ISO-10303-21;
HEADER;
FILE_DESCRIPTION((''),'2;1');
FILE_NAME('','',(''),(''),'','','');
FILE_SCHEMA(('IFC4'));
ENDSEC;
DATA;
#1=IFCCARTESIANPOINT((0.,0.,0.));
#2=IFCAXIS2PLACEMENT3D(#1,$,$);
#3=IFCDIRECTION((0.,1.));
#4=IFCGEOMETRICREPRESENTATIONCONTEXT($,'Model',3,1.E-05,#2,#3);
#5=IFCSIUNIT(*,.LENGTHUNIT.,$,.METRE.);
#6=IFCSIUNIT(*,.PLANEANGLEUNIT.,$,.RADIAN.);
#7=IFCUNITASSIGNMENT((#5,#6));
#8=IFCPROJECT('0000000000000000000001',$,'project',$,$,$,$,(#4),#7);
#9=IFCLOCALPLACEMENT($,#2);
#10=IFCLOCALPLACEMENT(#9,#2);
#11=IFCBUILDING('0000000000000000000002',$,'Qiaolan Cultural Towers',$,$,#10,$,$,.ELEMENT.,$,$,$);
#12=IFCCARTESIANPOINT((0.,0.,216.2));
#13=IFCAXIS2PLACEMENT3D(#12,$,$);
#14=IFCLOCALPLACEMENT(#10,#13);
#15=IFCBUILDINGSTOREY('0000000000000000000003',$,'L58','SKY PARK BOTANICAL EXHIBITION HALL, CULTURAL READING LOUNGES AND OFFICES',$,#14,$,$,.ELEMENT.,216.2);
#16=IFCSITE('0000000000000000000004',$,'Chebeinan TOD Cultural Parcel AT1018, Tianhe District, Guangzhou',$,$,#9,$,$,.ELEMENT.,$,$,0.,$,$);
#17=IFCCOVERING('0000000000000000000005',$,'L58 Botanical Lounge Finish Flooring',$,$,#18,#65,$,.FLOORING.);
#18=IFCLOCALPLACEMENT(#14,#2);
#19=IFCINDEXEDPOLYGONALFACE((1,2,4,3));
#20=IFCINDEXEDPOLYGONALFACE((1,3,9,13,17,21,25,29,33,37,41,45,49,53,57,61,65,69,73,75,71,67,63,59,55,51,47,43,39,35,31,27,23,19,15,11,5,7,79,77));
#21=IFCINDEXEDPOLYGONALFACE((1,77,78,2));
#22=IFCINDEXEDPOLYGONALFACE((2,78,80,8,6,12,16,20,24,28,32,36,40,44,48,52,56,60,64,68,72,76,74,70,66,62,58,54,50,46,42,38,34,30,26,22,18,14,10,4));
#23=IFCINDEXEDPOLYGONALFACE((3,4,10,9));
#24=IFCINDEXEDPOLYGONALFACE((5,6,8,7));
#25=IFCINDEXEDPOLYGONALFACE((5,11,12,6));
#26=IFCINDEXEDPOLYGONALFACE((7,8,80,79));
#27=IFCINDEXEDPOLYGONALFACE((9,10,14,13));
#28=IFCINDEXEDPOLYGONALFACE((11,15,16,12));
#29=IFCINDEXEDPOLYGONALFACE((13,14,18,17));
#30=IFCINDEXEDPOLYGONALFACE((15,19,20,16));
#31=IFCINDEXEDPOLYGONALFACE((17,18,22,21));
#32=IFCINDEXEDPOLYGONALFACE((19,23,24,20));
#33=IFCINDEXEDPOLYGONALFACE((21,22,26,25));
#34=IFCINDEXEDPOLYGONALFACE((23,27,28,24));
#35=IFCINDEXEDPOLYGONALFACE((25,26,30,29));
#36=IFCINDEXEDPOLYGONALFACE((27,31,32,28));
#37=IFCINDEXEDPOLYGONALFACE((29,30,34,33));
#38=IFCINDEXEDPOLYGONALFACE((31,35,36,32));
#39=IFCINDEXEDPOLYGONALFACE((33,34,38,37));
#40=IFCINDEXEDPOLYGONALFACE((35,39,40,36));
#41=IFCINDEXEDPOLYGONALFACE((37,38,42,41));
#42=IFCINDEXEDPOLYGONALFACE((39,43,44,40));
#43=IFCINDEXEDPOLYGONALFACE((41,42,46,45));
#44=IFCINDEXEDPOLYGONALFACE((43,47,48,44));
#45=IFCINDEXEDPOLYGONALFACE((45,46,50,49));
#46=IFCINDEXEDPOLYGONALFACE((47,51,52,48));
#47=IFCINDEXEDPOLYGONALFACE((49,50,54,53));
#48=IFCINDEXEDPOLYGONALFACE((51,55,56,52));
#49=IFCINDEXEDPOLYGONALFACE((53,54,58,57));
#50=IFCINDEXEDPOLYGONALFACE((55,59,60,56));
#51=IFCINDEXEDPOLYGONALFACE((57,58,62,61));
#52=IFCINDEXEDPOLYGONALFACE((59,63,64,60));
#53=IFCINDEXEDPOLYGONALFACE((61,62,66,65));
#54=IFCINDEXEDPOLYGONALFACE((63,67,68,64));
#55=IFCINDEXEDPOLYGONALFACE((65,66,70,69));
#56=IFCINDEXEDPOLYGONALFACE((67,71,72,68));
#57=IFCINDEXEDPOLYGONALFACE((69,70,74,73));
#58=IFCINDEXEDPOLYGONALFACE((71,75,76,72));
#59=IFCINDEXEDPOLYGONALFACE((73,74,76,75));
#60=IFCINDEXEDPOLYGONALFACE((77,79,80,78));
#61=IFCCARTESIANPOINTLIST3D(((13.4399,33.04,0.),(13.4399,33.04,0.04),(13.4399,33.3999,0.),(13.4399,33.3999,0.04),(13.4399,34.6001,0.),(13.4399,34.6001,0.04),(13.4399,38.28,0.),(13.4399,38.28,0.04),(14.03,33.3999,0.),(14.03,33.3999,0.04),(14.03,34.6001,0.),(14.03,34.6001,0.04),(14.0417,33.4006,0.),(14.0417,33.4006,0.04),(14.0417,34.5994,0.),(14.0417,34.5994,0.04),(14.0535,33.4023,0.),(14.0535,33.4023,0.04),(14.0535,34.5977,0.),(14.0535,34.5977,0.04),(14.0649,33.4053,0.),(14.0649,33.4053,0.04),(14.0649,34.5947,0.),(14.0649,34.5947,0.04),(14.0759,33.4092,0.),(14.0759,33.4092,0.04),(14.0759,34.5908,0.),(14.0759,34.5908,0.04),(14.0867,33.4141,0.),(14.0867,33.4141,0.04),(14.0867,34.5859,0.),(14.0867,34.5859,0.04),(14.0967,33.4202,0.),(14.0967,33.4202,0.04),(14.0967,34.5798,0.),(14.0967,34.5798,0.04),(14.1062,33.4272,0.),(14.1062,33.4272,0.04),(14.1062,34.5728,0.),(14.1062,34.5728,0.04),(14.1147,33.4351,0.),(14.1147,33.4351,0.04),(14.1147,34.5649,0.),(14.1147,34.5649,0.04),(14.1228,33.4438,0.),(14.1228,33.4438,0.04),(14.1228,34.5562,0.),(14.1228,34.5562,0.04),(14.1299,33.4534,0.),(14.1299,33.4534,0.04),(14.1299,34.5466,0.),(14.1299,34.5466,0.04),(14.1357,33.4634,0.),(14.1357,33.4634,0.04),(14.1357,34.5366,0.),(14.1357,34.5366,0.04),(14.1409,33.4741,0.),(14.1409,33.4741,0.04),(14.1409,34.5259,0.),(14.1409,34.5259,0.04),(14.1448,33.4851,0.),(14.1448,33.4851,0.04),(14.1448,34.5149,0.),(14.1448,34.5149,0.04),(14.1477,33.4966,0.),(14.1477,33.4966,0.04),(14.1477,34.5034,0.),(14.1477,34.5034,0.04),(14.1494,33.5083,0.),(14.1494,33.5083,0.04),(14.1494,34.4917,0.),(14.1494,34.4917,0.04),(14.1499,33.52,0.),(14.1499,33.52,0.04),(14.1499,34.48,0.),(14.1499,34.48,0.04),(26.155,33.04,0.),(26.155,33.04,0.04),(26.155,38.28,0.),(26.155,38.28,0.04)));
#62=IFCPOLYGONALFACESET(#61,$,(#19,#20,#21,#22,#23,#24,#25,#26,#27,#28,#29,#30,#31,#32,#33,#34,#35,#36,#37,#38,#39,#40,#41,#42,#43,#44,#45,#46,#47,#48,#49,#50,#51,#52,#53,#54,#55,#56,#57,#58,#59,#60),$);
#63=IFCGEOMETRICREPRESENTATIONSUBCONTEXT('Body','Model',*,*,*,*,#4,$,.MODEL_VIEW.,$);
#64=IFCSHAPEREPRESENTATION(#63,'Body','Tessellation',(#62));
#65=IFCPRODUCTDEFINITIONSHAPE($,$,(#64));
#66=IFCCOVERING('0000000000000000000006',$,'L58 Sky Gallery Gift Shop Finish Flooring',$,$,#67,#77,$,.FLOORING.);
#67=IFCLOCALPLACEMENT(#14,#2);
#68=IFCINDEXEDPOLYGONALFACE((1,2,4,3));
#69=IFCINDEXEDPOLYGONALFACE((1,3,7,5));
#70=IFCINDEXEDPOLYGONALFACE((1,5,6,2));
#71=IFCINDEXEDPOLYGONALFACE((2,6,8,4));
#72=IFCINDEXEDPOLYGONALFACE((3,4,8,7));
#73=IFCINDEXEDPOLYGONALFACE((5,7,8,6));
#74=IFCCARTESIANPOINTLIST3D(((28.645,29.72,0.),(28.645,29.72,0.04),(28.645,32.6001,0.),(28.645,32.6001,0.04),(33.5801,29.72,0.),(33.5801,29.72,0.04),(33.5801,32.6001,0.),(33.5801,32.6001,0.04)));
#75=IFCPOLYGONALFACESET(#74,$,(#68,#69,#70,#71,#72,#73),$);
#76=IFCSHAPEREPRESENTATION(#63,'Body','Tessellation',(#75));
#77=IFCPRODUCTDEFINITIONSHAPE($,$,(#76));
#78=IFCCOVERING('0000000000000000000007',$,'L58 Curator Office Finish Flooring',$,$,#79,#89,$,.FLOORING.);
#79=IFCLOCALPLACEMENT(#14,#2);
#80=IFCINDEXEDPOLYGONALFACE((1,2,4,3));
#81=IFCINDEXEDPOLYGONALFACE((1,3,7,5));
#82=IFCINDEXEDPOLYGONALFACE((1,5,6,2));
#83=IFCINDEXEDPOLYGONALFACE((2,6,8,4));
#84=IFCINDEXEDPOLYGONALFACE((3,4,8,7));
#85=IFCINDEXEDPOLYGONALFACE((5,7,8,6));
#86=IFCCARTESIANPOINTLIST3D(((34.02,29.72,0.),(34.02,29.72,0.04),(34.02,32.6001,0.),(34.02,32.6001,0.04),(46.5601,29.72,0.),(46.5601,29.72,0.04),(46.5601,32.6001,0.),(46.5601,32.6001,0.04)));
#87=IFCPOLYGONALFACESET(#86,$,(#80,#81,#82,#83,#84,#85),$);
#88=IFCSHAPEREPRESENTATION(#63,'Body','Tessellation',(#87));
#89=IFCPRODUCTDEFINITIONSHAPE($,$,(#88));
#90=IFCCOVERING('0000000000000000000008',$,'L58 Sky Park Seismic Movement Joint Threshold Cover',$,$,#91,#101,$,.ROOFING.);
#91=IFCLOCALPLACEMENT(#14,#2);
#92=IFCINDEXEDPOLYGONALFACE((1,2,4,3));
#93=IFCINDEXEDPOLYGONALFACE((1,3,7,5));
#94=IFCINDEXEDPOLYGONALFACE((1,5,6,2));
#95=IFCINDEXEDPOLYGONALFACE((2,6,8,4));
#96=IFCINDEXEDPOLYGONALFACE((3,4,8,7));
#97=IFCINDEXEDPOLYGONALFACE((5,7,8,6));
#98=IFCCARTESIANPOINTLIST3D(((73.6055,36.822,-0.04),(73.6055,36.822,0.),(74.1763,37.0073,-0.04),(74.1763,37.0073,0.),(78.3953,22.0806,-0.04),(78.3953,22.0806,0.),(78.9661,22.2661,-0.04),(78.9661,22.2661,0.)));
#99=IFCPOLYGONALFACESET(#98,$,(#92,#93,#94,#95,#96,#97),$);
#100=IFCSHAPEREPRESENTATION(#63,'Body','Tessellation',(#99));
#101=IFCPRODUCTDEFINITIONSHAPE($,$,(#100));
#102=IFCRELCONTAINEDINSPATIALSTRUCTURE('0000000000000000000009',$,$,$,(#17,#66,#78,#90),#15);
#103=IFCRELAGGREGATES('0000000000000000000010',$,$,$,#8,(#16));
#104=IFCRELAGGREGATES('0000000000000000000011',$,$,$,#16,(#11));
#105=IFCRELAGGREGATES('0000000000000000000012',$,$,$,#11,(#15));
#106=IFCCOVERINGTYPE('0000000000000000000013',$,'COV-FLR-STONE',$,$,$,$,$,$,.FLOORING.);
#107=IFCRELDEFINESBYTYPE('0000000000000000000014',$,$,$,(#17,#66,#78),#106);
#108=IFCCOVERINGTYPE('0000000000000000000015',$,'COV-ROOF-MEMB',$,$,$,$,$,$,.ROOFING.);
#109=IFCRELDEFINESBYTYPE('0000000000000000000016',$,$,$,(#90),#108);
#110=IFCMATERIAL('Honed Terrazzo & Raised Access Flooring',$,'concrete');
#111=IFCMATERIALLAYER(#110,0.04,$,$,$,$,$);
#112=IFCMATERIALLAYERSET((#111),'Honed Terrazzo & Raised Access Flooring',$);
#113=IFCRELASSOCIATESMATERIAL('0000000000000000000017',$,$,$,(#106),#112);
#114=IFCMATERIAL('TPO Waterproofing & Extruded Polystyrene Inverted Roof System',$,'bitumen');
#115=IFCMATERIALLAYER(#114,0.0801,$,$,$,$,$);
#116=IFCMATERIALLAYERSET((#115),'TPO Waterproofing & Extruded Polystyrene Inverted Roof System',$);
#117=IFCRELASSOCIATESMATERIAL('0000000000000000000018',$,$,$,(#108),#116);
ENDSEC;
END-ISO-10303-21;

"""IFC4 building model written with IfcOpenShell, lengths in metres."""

from ifc_helpers import new_model, si_unit, direction, frame, origin, place, context, subcontext, project, spatial, polyline, outline, extrude, material, layer, layer_set, type_object, element, save


model = new_model("IFC4")

# Units and contexts
model_context = context("Model", 3, precision=1e-05, world=origin(), true_north=direction((0.0, 1.0)))
body_context = subcontext(model_context, "Body", "Model", "MODEL_VIEW")
ifc_project = project(units=[si_unit("LENGTHUNIT", "METRE"), si_unit("PLANEANGLEUNIT", "RADIAN")], contexts=[model_context])

# Site, building, storey
site_placement = place(None, origin())
site = spatial("IfcSite", under=ifc_project, at=site_placement, Name="Chebeinan TOD Cultural Parcel AT1018, Tianhe District, Guangzhou", CompositionType="ELEMENT", RefElevation=0.0)
building_placement = place(site_placement, origin())
building = spatial("IfcBuilding", under=site, at=building_placement, Name="Qiaolan Cultural Towers", CompositionType="ELEMENT")
storey_placement = place(building_placement, frame((0.0, 0.0, 216.2)))
storey = spatial("IfcBuildingStorey", under=building, at=storey_placement, Name="L58", Description="SKY PARK BOTANICAL EXHIBITION HALL, CULTURAL READING LOUNGES AND OFFICES", CompositionType="ELEMENT", Elevation=216.2)

# Coverings
ifc_material_1 = material(Name="Honed Terrazzo & Raised Access Flooring", Category="concrete")
ifc_layer_1 = layer(ifc_material_1, 0.04)
ifc_layer_set_1 = layer_set([ifc_layer_1], Name="Honed Terrazzo & Raised Access Flooring")
covering_type_1 = type_object("IfcCoveringType", Name="COV-FLR-STONE", PredefinedType="FLOORING", material=ifc_layer_set_1)
covering_1_placement = place(storey_placement, origin())
element("IfcCovering", 1, at=covering_1_placement, inside=storey, type_object=covering_type_1, Name="L58 Botanical Lounge Finish Flooring", PredefinedType="FLOORING", context=body_context, shape_type="SweptSolid", body=[
    extrude(outline(polyline([(13.4399, 34.6001), (14.03, 34.6001), (14.0417, 34.5994), (14.0535, 34.5977), (14.0649, 34.5947), (14.0759, 34.5908), (14.0867, 34.5859), (14.0967, 34.5798), (14.1062, 34.5728), (14.1147, 34.5649), (14.1228, 34.5562), (14.1299, 34.5466), (14.1357, 34.5366), (14.1409, 34.5259), (14.1448, 34.5149), (14.1477, 34.5034), (14.1494, 34.4917), (14.1499, 34.48), (14.1499, 33.52), (14.1494, 33.5083), (14.1477, 33.4966), (14.1448, 33.4851), (14.1409, 33.4741), (14.1357, 33.4634), (14.1299, 33.4534), (14.1228, 33.4438), (14.1147, 33.4351), (14.1062, 33.4272), (14.0967, 33.4202), (14.0867, 33.4141), (14.0759, 33.4092), (14.0649, 33.4053), (14.0535, 33.4023), (14.0417, 33.4006), (14.03, 33.3999), (13.4399, 33.3999), (13.4399, 33.04), (26.155, 33.04), (26.155, 38.28), (13.4399, 38.28), (13.4399, 34.6001)])), origin(), (0.0, 0.0, 1.0), 0.04),
])
covering_2_placement = place(storey_placement, origin())
element("IfcCovering", 2, at=covering_2_placement, inside=storey, type_object=covering_type_1, Name="L58 Sky Gallery Gift Shop Finish Flooring", PredefinedType="FLOORING", context=body_context, shape_type="SweptSolid", body=[
    extrude(outline(polyline([(33.5801, 29.72), (33.5801, 32.6001), (28.645, 32.6001), (28.645, 29.72), (33.5801, 29.72)])), origin(), (0.0, 0.0, 1.0), 0.04),
])
covering_3_placement = place(storey_placement, origin())
element("IfcCovering", 3, at=covering_3_placement, inside=storey, type_object=covering_type_1, Name="L58 Curator Office Finish Flooring", PredefinedType="FLOORING", context=body_context, shape_type="SweptSolid", body=[
    extrude(outline(polyline([(46.5601, 29.72), (46.5601, 32.6001), (34.02, 32.6001), (34.02, 29.72), (46.5601, 29.72)])), origin(), (0.0, 0.0, 1.0), 0.04),
])
ifc_material_2 = material(Name="TPO Waterproofing & Extruded Polystyrene Inverted Roof System", Category="bitumen")
ifc_layer_2 = layer(ifc_material_2, 0.0801)
ifc_layer_set_2 = layer_set([ifc_layer_2], Name="TPO Waterproofing & Extruded Polystyrene Inverted Roof System")
covering_type_2 = type_object("IfcCoveringType", Name="COV-ROOF-MEMB", PredefinedType="ROOFING", material=ifc_layer_set_2)
covering_4_placement = place(storey_placement, frame((0.0, 0.0, -0.04)))
element("IfcCovering", 4, at=covering_4_placement, inside=storey, type_object=covering_type_2, Name="L58 Sky Park Seismic Movement Joint Threshold Cover", PredefinedType="ROOFING", context=body_context, shape_type="SweptSolid", body=[
    extrude(outline(polyline([(78.3953, 22.0806), (78.9661, 22.2661), (74.1763, 37.0073), (73.6055, 36.822), (78.3953, 22.0806)])), origin(), (0.0, 0.0, 1.0), 0.04),
])

save(model, "model.ifc")
